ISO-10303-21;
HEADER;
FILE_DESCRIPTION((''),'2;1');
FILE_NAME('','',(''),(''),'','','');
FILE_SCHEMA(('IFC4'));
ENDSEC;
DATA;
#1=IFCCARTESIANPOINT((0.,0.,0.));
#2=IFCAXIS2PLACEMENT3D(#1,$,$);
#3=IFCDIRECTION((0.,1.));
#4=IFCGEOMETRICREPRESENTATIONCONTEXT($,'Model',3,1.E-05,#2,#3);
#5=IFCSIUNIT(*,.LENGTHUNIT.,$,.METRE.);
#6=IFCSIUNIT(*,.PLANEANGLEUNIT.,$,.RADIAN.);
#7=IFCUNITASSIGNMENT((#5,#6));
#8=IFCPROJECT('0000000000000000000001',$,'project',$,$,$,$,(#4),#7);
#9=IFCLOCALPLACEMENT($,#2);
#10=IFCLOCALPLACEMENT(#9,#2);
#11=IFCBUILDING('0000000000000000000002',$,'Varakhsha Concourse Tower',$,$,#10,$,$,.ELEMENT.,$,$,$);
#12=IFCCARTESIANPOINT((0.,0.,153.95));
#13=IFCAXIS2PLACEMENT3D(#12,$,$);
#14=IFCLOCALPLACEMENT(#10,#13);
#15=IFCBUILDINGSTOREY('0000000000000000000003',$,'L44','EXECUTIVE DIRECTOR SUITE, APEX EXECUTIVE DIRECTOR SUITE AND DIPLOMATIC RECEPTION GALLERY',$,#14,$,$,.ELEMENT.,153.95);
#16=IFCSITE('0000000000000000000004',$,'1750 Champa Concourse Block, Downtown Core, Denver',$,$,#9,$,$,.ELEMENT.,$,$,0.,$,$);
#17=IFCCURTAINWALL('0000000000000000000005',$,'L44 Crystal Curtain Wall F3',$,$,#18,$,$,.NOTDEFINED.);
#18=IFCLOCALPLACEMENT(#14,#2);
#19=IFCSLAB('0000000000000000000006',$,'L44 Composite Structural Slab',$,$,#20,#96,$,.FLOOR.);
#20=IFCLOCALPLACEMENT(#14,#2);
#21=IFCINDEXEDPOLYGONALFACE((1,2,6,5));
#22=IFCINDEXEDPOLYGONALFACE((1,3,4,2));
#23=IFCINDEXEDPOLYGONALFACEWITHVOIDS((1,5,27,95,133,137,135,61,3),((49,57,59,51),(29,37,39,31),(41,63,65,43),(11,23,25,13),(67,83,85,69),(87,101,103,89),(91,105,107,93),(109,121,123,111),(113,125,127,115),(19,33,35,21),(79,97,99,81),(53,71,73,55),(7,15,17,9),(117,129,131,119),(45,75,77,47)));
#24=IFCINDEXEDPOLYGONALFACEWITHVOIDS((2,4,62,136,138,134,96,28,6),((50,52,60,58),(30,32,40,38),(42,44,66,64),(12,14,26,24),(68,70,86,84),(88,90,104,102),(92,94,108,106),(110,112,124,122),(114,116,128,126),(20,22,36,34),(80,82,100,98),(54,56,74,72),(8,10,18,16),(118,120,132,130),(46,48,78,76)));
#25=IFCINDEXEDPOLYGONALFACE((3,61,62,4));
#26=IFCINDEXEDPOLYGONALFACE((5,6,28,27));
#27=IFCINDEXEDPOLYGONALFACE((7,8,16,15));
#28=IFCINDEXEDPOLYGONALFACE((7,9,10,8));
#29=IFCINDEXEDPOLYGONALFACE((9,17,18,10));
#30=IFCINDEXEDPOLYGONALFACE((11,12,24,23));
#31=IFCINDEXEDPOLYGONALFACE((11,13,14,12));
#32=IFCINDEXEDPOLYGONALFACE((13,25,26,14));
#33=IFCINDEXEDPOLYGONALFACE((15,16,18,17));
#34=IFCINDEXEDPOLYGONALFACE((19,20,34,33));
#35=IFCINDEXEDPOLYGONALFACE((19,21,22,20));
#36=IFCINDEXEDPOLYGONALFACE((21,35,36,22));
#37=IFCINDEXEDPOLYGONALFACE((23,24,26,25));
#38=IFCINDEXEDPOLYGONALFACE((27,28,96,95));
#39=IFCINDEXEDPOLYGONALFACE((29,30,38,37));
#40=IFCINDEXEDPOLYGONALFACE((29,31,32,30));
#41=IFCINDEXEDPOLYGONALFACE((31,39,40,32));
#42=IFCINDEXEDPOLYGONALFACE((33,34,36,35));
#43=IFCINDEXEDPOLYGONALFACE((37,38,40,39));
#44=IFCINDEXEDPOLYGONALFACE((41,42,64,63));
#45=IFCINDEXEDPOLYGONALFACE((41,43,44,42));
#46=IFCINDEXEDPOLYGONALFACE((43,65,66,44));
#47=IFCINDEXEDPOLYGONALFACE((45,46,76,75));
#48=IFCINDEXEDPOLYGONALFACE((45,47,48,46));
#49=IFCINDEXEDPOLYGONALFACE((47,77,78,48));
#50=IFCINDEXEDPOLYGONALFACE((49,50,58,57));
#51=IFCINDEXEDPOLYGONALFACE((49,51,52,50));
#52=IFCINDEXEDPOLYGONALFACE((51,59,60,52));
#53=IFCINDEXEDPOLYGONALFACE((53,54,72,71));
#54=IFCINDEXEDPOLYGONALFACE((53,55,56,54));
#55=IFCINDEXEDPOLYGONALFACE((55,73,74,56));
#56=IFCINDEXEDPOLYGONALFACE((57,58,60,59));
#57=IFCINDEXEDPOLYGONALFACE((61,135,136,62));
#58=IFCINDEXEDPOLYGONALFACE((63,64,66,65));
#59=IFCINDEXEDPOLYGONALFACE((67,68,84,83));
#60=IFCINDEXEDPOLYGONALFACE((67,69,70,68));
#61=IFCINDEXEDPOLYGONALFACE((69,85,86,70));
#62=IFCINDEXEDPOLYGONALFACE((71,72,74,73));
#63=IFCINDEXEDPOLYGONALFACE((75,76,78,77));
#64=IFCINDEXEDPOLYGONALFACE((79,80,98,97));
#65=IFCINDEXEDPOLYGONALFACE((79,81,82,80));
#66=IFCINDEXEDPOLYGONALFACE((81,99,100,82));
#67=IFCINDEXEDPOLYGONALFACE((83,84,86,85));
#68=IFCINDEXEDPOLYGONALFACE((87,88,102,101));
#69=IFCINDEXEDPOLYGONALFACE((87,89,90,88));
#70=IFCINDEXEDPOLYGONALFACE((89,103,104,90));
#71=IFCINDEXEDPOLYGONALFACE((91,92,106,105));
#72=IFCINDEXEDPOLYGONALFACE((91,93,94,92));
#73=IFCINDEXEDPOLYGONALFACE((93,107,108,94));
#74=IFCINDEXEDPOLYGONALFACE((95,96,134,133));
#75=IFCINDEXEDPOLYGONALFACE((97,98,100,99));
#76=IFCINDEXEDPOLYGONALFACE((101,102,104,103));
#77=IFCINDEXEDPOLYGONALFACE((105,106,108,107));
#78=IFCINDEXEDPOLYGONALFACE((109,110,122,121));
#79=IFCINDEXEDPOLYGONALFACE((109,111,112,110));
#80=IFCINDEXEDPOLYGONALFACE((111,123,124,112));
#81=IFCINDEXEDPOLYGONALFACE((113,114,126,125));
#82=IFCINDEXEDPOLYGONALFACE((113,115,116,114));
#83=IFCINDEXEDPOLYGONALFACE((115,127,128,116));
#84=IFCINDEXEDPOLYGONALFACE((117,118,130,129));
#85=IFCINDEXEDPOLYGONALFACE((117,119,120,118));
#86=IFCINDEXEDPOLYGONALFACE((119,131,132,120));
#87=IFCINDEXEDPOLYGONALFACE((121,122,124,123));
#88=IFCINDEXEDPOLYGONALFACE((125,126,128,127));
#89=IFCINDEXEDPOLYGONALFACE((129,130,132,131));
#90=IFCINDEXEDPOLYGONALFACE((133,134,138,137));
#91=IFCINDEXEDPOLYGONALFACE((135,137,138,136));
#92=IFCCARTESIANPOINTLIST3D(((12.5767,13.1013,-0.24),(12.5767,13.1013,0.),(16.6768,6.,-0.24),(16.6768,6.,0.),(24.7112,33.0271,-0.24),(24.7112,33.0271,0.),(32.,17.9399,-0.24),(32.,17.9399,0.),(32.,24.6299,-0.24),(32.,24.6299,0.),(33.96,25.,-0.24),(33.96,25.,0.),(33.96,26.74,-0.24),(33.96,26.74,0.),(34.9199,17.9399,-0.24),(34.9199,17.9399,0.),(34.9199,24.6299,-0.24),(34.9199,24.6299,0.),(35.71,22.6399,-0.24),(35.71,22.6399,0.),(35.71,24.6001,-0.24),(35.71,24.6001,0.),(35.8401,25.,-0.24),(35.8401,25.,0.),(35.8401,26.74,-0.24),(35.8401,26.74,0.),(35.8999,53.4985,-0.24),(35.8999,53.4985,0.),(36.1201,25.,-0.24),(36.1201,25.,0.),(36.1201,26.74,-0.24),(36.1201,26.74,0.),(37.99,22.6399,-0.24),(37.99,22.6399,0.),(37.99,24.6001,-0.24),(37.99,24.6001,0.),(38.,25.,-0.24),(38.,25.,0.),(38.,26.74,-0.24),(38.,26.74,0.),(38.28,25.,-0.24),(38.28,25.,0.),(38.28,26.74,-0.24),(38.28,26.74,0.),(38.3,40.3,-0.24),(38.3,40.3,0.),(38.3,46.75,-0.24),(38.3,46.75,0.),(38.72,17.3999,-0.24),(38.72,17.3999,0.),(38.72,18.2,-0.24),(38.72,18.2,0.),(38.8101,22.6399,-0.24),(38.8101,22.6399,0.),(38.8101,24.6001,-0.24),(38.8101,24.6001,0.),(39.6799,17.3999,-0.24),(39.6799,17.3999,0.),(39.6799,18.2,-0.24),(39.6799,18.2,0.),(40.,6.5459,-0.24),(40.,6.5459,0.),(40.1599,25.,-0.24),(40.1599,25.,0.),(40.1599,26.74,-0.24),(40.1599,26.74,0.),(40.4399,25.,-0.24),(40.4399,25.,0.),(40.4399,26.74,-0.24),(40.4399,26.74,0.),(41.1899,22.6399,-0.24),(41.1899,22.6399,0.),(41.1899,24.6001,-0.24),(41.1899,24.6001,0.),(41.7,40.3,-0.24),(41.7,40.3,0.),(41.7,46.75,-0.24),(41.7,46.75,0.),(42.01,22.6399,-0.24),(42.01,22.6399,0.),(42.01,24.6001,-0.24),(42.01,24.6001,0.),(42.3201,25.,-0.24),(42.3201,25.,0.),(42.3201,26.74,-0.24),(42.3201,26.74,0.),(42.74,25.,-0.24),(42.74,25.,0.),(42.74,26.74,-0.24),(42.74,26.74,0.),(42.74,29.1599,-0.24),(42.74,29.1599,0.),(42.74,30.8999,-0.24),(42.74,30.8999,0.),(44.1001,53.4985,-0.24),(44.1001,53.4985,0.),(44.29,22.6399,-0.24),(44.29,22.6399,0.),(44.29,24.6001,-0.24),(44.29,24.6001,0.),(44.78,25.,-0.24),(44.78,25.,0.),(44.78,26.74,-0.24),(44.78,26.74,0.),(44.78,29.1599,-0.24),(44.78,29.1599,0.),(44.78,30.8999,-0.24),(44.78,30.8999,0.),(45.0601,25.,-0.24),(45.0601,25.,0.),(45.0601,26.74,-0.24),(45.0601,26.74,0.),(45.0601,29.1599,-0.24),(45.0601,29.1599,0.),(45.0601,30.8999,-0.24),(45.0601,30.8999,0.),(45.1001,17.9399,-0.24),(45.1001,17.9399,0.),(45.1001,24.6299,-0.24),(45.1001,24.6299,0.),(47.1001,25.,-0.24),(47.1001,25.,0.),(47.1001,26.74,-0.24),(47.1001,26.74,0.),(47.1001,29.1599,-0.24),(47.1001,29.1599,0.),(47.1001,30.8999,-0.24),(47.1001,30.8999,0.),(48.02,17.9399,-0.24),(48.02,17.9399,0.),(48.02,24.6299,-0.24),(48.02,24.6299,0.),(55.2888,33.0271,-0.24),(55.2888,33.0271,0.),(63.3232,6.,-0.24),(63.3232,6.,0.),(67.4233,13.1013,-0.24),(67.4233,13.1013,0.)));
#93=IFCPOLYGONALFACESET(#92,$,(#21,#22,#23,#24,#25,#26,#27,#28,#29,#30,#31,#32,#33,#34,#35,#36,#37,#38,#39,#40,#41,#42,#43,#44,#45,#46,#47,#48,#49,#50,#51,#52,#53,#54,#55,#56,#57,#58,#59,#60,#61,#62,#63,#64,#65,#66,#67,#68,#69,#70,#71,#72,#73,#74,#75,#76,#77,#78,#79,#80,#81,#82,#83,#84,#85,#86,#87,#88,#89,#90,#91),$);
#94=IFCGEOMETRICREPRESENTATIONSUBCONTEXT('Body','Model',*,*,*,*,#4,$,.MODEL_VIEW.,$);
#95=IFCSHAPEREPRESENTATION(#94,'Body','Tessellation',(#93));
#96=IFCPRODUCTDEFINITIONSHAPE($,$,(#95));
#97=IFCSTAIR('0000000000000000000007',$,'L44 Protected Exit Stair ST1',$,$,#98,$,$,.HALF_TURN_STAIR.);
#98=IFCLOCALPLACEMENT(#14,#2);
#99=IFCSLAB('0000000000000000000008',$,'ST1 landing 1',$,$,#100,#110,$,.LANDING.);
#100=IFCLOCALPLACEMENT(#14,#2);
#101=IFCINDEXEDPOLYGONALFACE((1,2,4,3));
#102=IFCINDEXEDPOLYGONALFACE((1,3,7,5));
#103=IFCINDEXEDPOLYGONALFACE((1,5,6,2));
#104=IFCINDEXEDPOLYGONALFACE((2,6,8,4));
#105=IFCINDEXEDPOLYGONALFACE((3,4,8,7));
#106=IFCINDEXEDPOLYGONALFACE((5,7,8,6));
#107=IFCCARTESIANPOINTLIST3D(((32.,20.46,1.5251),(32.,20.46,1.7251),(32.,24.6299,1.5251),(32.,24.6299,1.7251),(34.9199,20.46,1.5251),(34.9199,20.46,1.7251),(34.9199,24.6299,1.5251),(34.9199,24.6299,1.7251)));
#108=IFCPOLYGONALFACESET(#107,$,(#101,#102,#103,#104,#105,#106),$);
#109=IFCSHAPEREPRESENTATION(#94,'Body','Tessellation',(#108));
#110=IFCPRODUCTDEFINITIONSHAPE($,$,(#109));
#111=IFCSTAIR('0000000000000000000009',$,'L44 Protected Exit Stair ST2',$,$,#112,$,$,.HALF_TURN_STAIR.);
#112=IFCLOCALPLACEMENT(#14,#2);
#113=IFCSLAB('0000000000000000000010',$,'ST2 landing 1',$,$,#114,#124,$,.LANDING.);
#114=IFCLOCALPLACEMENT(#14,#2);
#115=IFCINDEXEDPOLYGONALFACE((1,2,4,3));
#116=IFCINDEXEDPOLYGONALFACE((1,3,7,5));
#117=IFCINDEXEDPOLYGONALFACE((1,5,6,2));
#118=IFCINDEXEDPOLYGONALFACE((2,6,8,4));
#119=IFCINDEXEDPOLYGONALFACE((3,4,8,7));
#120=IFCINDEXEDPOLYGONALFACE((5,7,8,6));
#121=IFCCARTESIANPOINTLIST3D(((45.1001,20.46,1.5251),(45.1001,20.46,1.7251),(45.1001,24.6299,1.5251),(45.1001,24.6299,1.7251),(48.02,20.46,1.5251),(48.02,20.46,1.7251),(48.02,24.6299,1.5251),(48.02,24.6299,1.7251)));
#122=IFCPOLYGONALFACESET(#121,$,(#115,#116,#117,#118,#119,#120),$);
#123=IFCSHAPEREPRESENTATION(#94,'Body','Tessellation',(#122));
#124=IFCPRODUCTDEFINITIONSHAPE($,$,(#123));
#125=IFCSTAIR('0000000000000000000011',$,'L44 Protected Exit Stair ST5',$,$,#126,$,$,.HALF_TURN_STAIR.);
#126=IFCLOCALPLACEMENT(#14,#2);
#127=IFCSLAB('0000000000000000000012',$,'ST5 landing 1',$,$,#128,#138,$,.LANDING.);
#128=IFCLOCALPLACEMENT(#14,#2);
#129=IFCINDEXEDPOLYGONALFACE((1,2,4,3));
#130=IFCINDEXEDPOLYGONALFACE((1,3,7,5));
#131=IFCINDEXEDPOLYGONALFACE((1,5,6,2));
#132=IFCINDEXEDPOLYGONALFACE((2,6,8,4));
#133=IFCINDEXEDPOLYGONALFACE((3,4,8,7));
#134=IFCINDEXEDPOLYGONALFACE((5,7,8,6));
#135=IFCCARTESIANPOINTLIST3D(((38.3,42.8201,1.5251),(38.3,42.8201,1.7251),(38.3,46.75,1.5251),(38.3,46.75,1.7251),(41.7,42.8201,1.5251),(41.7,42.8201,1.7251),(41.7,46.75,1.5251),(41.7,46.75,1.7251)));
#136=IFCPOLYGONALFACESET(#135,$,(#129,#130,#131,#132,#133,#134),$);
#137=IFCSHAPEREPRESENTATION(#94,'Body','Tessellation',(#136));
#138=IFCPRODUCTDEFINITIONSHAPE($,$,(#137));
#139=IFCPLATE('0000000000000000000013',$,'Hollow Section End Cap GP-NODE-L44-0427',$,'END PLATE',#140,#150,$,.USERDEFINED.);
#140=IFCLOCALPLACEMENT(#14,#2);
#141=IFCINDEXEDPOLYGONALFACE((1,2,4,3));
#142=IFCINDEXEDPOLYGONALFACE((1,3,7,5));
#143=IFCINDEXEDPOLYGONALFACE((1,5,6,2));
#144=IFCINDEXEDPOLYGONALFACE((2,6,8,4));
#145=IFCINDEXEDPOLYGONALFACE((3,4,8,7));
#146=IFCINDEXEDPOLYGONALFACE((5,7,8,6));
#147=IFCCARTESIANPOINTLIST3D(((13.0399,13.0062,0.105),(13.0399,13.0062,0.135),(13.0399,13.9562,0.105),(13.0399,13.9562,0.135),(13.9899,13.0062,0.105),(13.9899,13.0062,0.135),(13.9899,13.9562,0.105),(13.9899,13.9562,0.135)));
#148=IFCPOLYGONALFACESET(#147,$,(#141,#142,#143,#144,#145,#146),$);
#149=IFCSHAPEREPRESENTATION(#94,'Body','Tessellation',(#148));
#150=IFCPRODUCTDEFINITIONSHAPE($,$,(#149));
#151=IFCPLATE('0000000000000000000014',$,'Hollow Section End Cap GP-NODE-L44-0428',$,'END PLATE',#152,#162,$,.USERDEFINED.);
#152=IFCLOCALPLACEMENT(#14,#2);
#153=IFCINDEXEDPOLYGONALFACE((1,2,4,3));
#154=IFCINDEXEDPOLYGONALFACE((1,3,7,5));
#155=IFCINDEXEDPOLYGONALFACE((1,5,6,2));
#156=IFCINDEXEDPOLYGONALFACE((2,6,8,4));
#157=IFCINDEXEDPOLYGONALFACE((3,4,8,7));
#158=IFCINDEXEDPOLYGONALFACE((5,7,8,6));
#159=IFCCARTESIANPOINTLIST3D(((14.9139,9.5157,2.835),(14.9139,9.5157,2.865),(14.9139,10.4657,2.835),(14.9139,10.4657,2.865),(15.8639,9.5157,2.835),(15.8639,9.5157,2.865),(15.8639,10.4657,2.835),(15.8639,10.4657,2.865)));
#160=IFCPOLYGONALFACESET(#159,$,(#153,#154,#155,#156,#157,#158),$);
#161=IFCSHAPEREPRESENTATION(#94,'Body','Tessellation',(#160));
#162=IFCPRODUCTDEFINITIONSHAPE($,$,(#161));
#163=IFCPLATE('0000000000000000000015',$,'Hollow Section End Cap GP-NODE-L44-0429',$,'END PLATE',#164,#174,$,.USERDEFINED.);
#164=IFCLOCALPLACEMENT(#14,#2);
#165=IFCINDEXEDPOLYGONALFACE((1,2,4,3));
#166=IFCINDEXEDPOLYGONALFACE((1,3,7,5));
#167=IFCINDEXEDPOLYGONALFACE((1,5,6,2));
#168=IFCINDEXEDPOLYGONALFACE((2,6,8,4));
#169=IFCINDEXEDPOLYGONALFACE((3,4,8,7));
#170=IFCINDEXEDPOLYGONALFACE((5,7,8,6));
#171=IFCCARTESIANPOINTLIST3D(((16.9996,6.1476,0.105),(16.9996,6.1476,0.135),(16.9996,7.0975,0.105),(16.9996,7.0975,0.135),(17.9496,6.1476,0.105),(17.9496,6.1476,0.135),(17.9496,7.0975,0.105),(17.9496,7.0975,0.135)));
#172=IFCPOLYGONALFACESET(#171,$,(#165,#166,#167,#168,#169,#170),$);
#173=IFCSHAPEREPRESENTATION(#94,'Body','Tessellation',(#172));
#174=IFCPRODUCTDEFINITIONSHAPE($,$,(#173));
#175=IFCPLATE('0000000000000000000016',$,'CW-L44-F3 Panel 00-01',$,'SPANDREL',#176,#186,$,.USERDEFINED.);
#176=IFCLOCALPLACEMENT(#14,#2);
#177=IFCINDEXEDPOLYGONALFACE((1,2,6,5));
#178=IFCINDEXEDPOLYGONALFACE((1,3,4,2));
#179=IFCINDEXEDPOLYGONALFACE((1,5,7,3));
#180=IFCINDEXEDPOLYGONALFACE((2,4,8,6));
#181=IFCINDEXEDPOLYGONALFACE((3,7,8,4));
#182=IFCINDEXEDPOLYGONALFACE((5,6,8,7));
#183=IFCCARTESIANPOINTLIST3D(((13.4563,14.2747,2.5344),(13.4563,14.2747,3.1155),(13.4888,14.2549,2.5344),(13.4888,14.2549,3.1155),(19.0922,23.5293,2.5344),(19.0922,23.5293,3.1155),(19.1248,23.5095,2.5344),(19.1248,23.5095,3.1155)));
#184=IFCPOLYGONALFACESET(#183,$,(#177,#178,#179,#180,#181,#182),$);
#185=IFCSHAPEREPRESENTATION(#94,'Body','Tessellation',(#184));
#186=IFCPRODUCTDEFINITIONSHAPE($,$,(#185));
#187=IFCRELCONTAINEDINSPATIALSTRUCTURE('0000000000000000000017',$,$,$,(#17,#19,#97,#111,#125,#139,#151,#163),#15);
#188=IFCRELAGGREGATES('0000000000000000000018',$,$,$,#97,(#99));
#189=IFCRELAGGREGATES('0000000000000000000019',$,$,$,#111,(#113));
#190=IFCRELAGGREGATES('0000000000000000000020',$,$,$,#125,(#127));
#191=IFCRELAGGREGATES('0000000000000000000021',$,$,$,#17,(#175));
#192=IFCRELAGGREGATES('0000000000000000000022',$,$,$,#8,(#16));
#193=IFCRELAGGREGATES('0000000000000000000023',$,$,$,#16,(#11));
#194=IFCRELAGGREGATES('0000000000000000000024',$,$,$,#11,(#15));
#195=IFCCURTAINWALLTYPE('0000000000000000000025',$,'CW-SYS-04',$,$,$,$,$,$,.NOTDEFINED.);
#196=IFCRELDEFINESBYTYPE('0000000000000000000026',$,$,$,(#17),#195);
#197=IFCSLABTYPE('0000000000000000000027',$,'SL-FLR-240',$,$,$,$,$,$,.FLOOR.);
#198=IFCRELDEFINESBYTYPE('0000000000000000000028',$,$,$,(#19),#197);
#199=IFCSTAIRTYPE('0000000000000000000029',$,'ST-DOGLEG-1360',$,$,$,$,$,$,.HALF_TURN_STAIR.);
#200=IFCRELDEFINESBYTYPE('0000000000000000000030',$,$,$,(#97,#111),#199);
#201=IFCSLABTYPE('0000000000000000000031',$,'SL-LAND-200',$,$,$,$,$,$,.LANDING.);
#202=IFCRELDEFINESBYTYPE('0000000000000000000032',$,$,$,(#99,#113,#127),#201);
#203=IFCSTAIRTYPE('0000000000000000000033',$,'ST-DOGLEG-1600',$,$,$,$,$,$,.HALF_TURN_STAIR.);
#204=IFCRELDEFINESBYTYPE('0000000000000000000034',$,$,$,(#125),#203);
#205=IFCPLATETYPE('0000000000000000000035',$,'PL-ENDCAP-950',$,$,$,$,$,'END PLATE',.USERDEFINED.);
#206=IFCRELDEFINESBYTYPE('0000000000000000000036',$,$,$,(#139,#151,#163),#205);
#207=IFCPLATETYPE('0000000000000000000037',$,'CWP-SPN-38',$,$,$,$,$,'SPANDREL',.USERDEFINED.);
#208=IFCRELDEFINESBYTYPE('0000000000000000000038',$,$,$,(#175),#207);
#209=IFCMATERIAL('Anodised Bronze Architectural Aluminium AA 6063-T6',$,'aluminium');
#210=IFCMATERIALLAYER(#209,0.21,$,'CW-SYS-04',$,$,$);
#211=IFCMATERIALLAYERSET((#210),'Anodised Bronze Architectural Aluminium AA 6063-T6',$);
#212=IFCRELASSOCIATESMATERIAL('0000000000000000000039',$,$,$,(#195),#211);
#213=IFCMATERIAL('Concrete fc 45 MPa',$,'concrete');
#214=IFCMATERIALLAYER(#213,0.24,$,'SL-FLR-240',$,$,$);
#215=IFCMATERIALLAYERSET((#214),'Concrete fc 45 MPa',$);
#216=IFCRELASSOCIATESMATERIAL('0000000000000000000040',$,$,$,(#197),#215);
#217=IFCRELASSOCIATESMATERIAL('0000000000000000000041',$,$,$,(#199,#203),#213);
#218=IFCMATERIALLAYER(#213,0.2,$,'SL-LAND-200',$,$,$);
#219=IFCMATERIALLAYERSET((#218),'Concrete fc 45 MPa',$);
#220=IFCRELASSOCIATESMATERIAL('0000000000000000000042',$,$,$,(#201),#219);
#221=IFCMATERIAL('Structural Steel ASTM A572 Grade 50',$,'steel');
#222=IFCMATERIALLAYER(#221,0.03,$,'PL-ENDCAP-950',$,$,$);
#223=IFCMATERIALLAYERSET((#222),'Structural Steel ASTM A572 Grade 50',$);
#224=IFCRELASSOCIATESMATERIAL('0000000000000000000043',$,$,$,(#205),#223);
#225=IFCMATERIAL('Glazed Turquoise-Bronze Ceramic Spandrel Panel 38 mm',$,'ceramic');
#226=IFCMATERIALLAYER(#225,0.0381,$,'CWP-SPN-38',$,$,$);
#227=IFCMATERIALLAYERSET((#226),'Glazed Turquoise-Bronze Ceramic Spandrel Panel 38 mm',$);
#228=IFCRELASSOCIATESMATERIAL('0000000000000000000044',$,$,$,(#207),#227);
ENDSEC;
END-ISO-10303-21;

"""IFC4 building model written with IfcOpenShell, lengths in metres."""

from ifc_helpers import new_model, si_unit, direction, frame, origin, origin_2d, place, context, subcontext, project, spatial, polyline, rectangle, outline, extrude, source, transform, mapped, material, layer, layer_set, type_object, type_shapes, element, aggregate, save


model = new_model("IFC4")

# Units and contexts
model_context = context("Model", 3, precision=1e-05, world=origin(), true_north=direction((0.0, 1.0)))
body_context = subcontext(model_context, "Body", "Model", "MODEL_VIEW")
ifc_project = project(units=[si_unit("LENGTHUNIT", "METRE"), si_unit("PLANEANGLEUNIT", "RADIAN")], contexts=[model_context])

# Site, building, storey
site_placement = place(None, origin())
site = spatial("IfcSite", under=ifc_project, at=site_placement, Name="1750 Champa Concourse Block, Downtown Core, Denver", CompositionType="ELEMENT", RefElevation=0.0)
building_placement = place(site_placement, origin())
building = spatial("IfcBuilding", under=site, at=building_placement, Name="Varakhsha Concourse Tower", CompositionType="ELEMENT")
storey_placement = place(building_placement, frame((0.0, 0.0, 153.95)))
storey = spatial("IfcBuildingStorey", under=building, at=storey_placement, Name="L44", Description="EXECUTIVE DIRECTOR SUITE, APEX EXECUTIVE DIRECTOR SUITE AND DIPLOMATIC RECEPTION GALLERY", CompositionType="ELEMENT", Elevation=153.95)

# Shared definitions
ifc_material_1 = material(Name="Structural Steel ASTM A572 Grade 50", Category="steel")

# Curtain wall
ifc_material_2 = material(Name="Anodised Bronze Architectural Aluminium AA 6063-T6", Category="aluminium")
ifc_layer_1 = layer(ifc_material_2, 0.21, Name="CW-SYS-04")
ifc_layer_set_1 = layer_set([ifc_layer_1], Name="Anodised Bronze Architectural Aluminium AA 6063-T6")
curtain_wall_type = type_object("IfcCurtainWallType", Name="CW-SYS-04", PredefinedType="NOTDEFINED", material=ifc_layer_set_1)
curtain_wall_1_placement = place(storey_placement, origin())
curtain_wall_1 = element("IfcCurtainWall", 1, at=curtain_wall_1_placement, inside=storey, type_object=curtain_wall_type, Name="L44 Crystal Curtain Wall F3", PredefinedType="NOTDEFINED")

# Slab
ifc_material_3 = material(Name="Concrete fc 45 MPa", Category="concrete")
ifc_layer_2 = layer(ifc_material_3, 0.24, Name="SL-FLR-240")
ifc_layer_set_2 = layer_set([ifc_layer_2], Name="Concrete fc 45 MPa")
slab_type_1 = type_object("IfcSlabType", Name="SL-FLR-240", PredefinedType="FLOOR", material=ifc_layer_set_2)
slab_1_placement = place(storey_placement, frame((0.0, 0.0, -0.24)))
element("IfcSlab", 2, at=slab_1_placement, inside=storey, type_object=slab_type_1, Name="L44 Composite Structural Slab", PredefinedType="FLOOR", context=body_context, shape_type="SweptSolid", body=[
    extrude(outline(polyline([(44.1001, 53.4985), (35.8999, 53.4985), (24.7112, 33.0271), (12.5767, 13.1013), (16.6768, 6.0), (40.0, 6.5459), (63.3232, 6.0), (67.4233, 13.1013), (55.2888, 33.0271), (44.1001, 53.4985)]), holes=[polyline([(34.9199, 17.9399), (34.9199, 24.6299), (32.0, 24.6299), (32.0, 17.9399), (34.9199, 17.9399)]), polyline([(48.02, 17.9399), (48.02, 24.6299), (45.1001, 24.6299), (45.1001, 17.9399), (48.02, 17.9399)]), polyline([(41.7, 40.3), (41.7, 46.75), (38.3, 46.75), (38.3, 40.3), (41.7, 40.3)]), polyline([(33.96, 25.0), (35.8401, 25.0), (35.8401, 26.74), (33.96, 26.74), (33.96, 25.0)]), polyline([(36.1201, 25.0), (38.0, 25.0), (38.0, 26.74), (36.1201, 26.74), (36.1201, 25.0)]), polyline([(38.28, 25.0), (40.1599, 25.0), (40.1599, 26.74), (38.28, 26.74), (38.28, 25.0)]), polyline([(40.4399, 25.0), (42.3201, 25.0), (42.3201, 26.74), (40.4399, 26.74), (40.4399, 25.0)]), polyline([(42.74, 29.1599), (44.78, 29.1599), (44.78, 30.8999), (42.74, 30.8999), (42.74, 29.1599)]), polyline([(45.0601, 29.1599), (47.1001, 29.1599), (47.1001, 30.8999), (45.0601, 30.8999), (45.0601, 29.1599)]), polyline([(42.74, 25.0), (44.78, 25.0), (44.78, 26.74), (42.74, 26.74), (42.74, 25.0)]), polyline([(45.0601, 25.0), (47.1001, 25.0), (47.1001, 26.74), (45.0601, 26.74), (45.0601, 25.0)]), polyline([(35.71, 22.6399), (37.99, 22.6399), (37.99, 24.6001), (35.71, 24.6001), (35.71, 22.6399)]), polyline([(42.01, 22.6399), (44.29, 22.6399), (44.29, 24.6001), (42.01, 24.6001), (42.01, 22.6399)]), polyline([(38.8101, 22.6399), (41.1899, 22.6399), (41.1899, 24.6001), (38.8101, 24.6001), (38.8101, 22.6399)]), polyline([(38.72, 17.3999), (39.6799, 17.3999), (39.6799, 18.2), (38.72, 18.2), (38.72, 17.3999)])]), origin(), (0.0, 0.0, 1.0), 0.24),
])

# Stairs, slabs
stair_type_1 = type_object("IfcStairType", Name="ST-DOGLEG-1360", PredefinedType="HALF_TURN_STAIR", material=ifc_material_3)
stair_1_placement = place(storey_placement, origin())
stair_1 = element("IfcStair", 3, at=stair_1_placement, inside=storey, type_object=stair_type_1, Name="L44 Protected Exit Stair ST1", PredefinedType="HALF_TURN_STAIR")
ifc_layer_3 = layer(ifc_material_3, 0.2, Name="SL-LAND-200")
ifc_layer_set_3 = layer_set([ifc_layer_3], Name="Concrete fc 45 MPa")
slab_type_2 = type_object("IfcSlabType", Name="SL-LAND-200", PredefinedType="LANDING", material=ifc_layer_set_3)
slab_2_placement = place(storey_placement, frame((0.0, 0.0, 1.5251)))
slab_2 = element("IfcSlab", 4, at=slab_2_placement, type_object=slab_type_2, Name="ST1 landing 1", PredefinedType="LANDING", context=body_context, shape_type="SweptSolid", body=[
    extrude(outline(polyline([(34.9199, 20.46), (34.9199, 24.6299), (32.0, 24.6299), (32.0, 20.46), (34.9199, 20.46)])), origin(), (0.0, 0.0, 1.0), 0.2),
])
aggregate(stair_1, [slab_2])
stair_2_placement = place(storey_placement, origin())
stair_2 = element("IfcStair", 5, at=stair_2_placement, inside=storey, type_object=stair_type_1, Name="L44 Protected Exit Stair ST2", PredefinedType="HALF_TURN_STAIR")
slab_3_placement = place(storey_placement, frame((0.0, 0.0, 1.5251)))
slab_3 = element("IfcSlab", 6, at=slab_3_placement, type_object=slab_type_2, Name="ST2 landing 1", PredefinedType="LANDING", context=body_context, shape_type="SweptSolid", body=[
    extrude(outline(polyline([(48.02, 20.46), (48.02, 24.6299), (45.1001, 24.6299), (45.1001, 20.46), (48.02, 20.46)])), origin(), (0.0, 0.0, 1.0), 0.2),
])
aggregate(stair_2, [slab_3])
stair_type_2 = type_object("IfcStairType", Name="ST-DOGLEG-1600", PredefinedType="HALF_TURN_STAIR", material=ifc_material_3)
stair_3_placement = place(storey_placement, origin())
stair_3 = element("IfcStair", 7, at=stair_3_placement, inside=storey, type_object=stair_type_2, Name="L44 Protected Exit Stair ST5", PredefinedType="HALF_TURN_STAIR")
slab_4_placement = place(storey_placement, frame((0.0, 0.0, 1.5251)))
slab_4 = element("IfcSlab", 8, at=slab_4_placement, type_object=slab_type_2, Name="ST5 landing 1", PredefinedType="LANDING", context=body_context, shape_type="SweptSolid", body=[
    extrude(outline(polyline([(41.7, 42.8201), (41.7, 46.75), (38.3, 46.75), (38.3, 42.8201), (41.7, 42.8201)])), origin(), (0.0, 0.0, 1.0), 0.2),
])
aggregate(stair_3, [slab_4])

# Plates
ifc_layer_4 = layer(ifc_material_1, 0.03, Name="PL-ENDCAP-950")
ifc_layer_set_4 = layer_set([ifc_layer_4], Name="Structural Steel ASTM A572 Grade 50")
plate_type_1 = type_object("IfcPlateType", Name="PL-ENDCAP-950", ElementType="END PLATE", PredefinedType="USERDEFINED", material=ifc_layer_set_4)
shared_shape_1 = source(origin(), body_context, "Body", "SweptSolid", [
    extrude(rectangle(XDim=0.95, YDim=0.95, at=origin_2d()), origin(), (0.0, 0.0, 1.0), 0.03),
])
type_shapes(plate_type_1, [shared_shape_1])
for number, where, z_axis, x_axis, name in (
    (9, (13.5149, 13.4812, 0.105), (0.0, 0.0, 1.0), (1.0, 0.0, 0.0), "Hollow Section End Cap GP-NODE-L44-0427"),
    (10, (15.3889, 9.9907, 2.835), (0.0, 0.0, 1.0), (1.0, 0.0, 0.0), "Hollow Section End Cap GP-NODE-L44-0428"),
    (11, (17.4746, 6.6226, 0.105), (0.0, 0.0, 1.0), (1.0, 0.0, 0.0), "Hollow Section End Cap GP-NODE-L44-0429"),
):
    element("IfcPlate", number, at=place(storey_placement, frame(where, z_axis=z_axis, x_axis=x_axis)), inside=storey, type_object=plate_type_1, Name=name, ObjectType="END PLATE", PredefinedType="USERDEFINED", context=body_context, shape_type="MappedRepresentation", body=[
        mapped(shared_shape_1, transform((0.0, 0.0, 0.0), scale=1.0)),
    ])

# Plate
ifc_material_4 = material(Name="Glazed Turquoise-Bronze Ceramic Spandrel Panel 38 mm", Category="ceramic")
ifc_layer_5 = layer(ifc_material_4, 0.0381, Name="CWP-SPN-38")
ifc_layer_set_5 = layer_set([ifc_layer_5], Name="Glazed Turquoise-Bronze Ceramic Spandrel Panel 38 mm")
plate_type_2 = type_object("IfcPlateType", Name="CWP-SPN-38", ElementType="SPANDREL", PredefinedType="USERDEFINED", material=ifc_layer_set_5)
shared_shape_2 = source(origin(), body_context, "Body", "SweptSolid", [
    extrude(rectangle(XDim=10.8357, YDim=0.0381, at=origin_2d()), origin(), (0.0, 0.0, 1.0), 0.5811),
])
plate_1_placement = place(storey_placement, frame((16.2905, 18.8921, 2.5344), z_axis=(0.0, 0.0, 1.0), x_axis=(0.520126, 0.85409, 0.0)))
plate_1 = element("IfcPlate", 12, at=plate_1_placement, type_object=plate_type_2, Name="CW-L44-F3 Panel 00-01", ObjectType="SPANDREL", PredefinedType="USERDEFINED", context=body_context, shape_type="MappedRepresentation", body=[
    mapped(shared_shape_2, transform((0.0, 0.0, 0.0), scale=1.0)),
])
aggregate(curtain_wall_1, [plate_1])

save(model, "model.ifc")
